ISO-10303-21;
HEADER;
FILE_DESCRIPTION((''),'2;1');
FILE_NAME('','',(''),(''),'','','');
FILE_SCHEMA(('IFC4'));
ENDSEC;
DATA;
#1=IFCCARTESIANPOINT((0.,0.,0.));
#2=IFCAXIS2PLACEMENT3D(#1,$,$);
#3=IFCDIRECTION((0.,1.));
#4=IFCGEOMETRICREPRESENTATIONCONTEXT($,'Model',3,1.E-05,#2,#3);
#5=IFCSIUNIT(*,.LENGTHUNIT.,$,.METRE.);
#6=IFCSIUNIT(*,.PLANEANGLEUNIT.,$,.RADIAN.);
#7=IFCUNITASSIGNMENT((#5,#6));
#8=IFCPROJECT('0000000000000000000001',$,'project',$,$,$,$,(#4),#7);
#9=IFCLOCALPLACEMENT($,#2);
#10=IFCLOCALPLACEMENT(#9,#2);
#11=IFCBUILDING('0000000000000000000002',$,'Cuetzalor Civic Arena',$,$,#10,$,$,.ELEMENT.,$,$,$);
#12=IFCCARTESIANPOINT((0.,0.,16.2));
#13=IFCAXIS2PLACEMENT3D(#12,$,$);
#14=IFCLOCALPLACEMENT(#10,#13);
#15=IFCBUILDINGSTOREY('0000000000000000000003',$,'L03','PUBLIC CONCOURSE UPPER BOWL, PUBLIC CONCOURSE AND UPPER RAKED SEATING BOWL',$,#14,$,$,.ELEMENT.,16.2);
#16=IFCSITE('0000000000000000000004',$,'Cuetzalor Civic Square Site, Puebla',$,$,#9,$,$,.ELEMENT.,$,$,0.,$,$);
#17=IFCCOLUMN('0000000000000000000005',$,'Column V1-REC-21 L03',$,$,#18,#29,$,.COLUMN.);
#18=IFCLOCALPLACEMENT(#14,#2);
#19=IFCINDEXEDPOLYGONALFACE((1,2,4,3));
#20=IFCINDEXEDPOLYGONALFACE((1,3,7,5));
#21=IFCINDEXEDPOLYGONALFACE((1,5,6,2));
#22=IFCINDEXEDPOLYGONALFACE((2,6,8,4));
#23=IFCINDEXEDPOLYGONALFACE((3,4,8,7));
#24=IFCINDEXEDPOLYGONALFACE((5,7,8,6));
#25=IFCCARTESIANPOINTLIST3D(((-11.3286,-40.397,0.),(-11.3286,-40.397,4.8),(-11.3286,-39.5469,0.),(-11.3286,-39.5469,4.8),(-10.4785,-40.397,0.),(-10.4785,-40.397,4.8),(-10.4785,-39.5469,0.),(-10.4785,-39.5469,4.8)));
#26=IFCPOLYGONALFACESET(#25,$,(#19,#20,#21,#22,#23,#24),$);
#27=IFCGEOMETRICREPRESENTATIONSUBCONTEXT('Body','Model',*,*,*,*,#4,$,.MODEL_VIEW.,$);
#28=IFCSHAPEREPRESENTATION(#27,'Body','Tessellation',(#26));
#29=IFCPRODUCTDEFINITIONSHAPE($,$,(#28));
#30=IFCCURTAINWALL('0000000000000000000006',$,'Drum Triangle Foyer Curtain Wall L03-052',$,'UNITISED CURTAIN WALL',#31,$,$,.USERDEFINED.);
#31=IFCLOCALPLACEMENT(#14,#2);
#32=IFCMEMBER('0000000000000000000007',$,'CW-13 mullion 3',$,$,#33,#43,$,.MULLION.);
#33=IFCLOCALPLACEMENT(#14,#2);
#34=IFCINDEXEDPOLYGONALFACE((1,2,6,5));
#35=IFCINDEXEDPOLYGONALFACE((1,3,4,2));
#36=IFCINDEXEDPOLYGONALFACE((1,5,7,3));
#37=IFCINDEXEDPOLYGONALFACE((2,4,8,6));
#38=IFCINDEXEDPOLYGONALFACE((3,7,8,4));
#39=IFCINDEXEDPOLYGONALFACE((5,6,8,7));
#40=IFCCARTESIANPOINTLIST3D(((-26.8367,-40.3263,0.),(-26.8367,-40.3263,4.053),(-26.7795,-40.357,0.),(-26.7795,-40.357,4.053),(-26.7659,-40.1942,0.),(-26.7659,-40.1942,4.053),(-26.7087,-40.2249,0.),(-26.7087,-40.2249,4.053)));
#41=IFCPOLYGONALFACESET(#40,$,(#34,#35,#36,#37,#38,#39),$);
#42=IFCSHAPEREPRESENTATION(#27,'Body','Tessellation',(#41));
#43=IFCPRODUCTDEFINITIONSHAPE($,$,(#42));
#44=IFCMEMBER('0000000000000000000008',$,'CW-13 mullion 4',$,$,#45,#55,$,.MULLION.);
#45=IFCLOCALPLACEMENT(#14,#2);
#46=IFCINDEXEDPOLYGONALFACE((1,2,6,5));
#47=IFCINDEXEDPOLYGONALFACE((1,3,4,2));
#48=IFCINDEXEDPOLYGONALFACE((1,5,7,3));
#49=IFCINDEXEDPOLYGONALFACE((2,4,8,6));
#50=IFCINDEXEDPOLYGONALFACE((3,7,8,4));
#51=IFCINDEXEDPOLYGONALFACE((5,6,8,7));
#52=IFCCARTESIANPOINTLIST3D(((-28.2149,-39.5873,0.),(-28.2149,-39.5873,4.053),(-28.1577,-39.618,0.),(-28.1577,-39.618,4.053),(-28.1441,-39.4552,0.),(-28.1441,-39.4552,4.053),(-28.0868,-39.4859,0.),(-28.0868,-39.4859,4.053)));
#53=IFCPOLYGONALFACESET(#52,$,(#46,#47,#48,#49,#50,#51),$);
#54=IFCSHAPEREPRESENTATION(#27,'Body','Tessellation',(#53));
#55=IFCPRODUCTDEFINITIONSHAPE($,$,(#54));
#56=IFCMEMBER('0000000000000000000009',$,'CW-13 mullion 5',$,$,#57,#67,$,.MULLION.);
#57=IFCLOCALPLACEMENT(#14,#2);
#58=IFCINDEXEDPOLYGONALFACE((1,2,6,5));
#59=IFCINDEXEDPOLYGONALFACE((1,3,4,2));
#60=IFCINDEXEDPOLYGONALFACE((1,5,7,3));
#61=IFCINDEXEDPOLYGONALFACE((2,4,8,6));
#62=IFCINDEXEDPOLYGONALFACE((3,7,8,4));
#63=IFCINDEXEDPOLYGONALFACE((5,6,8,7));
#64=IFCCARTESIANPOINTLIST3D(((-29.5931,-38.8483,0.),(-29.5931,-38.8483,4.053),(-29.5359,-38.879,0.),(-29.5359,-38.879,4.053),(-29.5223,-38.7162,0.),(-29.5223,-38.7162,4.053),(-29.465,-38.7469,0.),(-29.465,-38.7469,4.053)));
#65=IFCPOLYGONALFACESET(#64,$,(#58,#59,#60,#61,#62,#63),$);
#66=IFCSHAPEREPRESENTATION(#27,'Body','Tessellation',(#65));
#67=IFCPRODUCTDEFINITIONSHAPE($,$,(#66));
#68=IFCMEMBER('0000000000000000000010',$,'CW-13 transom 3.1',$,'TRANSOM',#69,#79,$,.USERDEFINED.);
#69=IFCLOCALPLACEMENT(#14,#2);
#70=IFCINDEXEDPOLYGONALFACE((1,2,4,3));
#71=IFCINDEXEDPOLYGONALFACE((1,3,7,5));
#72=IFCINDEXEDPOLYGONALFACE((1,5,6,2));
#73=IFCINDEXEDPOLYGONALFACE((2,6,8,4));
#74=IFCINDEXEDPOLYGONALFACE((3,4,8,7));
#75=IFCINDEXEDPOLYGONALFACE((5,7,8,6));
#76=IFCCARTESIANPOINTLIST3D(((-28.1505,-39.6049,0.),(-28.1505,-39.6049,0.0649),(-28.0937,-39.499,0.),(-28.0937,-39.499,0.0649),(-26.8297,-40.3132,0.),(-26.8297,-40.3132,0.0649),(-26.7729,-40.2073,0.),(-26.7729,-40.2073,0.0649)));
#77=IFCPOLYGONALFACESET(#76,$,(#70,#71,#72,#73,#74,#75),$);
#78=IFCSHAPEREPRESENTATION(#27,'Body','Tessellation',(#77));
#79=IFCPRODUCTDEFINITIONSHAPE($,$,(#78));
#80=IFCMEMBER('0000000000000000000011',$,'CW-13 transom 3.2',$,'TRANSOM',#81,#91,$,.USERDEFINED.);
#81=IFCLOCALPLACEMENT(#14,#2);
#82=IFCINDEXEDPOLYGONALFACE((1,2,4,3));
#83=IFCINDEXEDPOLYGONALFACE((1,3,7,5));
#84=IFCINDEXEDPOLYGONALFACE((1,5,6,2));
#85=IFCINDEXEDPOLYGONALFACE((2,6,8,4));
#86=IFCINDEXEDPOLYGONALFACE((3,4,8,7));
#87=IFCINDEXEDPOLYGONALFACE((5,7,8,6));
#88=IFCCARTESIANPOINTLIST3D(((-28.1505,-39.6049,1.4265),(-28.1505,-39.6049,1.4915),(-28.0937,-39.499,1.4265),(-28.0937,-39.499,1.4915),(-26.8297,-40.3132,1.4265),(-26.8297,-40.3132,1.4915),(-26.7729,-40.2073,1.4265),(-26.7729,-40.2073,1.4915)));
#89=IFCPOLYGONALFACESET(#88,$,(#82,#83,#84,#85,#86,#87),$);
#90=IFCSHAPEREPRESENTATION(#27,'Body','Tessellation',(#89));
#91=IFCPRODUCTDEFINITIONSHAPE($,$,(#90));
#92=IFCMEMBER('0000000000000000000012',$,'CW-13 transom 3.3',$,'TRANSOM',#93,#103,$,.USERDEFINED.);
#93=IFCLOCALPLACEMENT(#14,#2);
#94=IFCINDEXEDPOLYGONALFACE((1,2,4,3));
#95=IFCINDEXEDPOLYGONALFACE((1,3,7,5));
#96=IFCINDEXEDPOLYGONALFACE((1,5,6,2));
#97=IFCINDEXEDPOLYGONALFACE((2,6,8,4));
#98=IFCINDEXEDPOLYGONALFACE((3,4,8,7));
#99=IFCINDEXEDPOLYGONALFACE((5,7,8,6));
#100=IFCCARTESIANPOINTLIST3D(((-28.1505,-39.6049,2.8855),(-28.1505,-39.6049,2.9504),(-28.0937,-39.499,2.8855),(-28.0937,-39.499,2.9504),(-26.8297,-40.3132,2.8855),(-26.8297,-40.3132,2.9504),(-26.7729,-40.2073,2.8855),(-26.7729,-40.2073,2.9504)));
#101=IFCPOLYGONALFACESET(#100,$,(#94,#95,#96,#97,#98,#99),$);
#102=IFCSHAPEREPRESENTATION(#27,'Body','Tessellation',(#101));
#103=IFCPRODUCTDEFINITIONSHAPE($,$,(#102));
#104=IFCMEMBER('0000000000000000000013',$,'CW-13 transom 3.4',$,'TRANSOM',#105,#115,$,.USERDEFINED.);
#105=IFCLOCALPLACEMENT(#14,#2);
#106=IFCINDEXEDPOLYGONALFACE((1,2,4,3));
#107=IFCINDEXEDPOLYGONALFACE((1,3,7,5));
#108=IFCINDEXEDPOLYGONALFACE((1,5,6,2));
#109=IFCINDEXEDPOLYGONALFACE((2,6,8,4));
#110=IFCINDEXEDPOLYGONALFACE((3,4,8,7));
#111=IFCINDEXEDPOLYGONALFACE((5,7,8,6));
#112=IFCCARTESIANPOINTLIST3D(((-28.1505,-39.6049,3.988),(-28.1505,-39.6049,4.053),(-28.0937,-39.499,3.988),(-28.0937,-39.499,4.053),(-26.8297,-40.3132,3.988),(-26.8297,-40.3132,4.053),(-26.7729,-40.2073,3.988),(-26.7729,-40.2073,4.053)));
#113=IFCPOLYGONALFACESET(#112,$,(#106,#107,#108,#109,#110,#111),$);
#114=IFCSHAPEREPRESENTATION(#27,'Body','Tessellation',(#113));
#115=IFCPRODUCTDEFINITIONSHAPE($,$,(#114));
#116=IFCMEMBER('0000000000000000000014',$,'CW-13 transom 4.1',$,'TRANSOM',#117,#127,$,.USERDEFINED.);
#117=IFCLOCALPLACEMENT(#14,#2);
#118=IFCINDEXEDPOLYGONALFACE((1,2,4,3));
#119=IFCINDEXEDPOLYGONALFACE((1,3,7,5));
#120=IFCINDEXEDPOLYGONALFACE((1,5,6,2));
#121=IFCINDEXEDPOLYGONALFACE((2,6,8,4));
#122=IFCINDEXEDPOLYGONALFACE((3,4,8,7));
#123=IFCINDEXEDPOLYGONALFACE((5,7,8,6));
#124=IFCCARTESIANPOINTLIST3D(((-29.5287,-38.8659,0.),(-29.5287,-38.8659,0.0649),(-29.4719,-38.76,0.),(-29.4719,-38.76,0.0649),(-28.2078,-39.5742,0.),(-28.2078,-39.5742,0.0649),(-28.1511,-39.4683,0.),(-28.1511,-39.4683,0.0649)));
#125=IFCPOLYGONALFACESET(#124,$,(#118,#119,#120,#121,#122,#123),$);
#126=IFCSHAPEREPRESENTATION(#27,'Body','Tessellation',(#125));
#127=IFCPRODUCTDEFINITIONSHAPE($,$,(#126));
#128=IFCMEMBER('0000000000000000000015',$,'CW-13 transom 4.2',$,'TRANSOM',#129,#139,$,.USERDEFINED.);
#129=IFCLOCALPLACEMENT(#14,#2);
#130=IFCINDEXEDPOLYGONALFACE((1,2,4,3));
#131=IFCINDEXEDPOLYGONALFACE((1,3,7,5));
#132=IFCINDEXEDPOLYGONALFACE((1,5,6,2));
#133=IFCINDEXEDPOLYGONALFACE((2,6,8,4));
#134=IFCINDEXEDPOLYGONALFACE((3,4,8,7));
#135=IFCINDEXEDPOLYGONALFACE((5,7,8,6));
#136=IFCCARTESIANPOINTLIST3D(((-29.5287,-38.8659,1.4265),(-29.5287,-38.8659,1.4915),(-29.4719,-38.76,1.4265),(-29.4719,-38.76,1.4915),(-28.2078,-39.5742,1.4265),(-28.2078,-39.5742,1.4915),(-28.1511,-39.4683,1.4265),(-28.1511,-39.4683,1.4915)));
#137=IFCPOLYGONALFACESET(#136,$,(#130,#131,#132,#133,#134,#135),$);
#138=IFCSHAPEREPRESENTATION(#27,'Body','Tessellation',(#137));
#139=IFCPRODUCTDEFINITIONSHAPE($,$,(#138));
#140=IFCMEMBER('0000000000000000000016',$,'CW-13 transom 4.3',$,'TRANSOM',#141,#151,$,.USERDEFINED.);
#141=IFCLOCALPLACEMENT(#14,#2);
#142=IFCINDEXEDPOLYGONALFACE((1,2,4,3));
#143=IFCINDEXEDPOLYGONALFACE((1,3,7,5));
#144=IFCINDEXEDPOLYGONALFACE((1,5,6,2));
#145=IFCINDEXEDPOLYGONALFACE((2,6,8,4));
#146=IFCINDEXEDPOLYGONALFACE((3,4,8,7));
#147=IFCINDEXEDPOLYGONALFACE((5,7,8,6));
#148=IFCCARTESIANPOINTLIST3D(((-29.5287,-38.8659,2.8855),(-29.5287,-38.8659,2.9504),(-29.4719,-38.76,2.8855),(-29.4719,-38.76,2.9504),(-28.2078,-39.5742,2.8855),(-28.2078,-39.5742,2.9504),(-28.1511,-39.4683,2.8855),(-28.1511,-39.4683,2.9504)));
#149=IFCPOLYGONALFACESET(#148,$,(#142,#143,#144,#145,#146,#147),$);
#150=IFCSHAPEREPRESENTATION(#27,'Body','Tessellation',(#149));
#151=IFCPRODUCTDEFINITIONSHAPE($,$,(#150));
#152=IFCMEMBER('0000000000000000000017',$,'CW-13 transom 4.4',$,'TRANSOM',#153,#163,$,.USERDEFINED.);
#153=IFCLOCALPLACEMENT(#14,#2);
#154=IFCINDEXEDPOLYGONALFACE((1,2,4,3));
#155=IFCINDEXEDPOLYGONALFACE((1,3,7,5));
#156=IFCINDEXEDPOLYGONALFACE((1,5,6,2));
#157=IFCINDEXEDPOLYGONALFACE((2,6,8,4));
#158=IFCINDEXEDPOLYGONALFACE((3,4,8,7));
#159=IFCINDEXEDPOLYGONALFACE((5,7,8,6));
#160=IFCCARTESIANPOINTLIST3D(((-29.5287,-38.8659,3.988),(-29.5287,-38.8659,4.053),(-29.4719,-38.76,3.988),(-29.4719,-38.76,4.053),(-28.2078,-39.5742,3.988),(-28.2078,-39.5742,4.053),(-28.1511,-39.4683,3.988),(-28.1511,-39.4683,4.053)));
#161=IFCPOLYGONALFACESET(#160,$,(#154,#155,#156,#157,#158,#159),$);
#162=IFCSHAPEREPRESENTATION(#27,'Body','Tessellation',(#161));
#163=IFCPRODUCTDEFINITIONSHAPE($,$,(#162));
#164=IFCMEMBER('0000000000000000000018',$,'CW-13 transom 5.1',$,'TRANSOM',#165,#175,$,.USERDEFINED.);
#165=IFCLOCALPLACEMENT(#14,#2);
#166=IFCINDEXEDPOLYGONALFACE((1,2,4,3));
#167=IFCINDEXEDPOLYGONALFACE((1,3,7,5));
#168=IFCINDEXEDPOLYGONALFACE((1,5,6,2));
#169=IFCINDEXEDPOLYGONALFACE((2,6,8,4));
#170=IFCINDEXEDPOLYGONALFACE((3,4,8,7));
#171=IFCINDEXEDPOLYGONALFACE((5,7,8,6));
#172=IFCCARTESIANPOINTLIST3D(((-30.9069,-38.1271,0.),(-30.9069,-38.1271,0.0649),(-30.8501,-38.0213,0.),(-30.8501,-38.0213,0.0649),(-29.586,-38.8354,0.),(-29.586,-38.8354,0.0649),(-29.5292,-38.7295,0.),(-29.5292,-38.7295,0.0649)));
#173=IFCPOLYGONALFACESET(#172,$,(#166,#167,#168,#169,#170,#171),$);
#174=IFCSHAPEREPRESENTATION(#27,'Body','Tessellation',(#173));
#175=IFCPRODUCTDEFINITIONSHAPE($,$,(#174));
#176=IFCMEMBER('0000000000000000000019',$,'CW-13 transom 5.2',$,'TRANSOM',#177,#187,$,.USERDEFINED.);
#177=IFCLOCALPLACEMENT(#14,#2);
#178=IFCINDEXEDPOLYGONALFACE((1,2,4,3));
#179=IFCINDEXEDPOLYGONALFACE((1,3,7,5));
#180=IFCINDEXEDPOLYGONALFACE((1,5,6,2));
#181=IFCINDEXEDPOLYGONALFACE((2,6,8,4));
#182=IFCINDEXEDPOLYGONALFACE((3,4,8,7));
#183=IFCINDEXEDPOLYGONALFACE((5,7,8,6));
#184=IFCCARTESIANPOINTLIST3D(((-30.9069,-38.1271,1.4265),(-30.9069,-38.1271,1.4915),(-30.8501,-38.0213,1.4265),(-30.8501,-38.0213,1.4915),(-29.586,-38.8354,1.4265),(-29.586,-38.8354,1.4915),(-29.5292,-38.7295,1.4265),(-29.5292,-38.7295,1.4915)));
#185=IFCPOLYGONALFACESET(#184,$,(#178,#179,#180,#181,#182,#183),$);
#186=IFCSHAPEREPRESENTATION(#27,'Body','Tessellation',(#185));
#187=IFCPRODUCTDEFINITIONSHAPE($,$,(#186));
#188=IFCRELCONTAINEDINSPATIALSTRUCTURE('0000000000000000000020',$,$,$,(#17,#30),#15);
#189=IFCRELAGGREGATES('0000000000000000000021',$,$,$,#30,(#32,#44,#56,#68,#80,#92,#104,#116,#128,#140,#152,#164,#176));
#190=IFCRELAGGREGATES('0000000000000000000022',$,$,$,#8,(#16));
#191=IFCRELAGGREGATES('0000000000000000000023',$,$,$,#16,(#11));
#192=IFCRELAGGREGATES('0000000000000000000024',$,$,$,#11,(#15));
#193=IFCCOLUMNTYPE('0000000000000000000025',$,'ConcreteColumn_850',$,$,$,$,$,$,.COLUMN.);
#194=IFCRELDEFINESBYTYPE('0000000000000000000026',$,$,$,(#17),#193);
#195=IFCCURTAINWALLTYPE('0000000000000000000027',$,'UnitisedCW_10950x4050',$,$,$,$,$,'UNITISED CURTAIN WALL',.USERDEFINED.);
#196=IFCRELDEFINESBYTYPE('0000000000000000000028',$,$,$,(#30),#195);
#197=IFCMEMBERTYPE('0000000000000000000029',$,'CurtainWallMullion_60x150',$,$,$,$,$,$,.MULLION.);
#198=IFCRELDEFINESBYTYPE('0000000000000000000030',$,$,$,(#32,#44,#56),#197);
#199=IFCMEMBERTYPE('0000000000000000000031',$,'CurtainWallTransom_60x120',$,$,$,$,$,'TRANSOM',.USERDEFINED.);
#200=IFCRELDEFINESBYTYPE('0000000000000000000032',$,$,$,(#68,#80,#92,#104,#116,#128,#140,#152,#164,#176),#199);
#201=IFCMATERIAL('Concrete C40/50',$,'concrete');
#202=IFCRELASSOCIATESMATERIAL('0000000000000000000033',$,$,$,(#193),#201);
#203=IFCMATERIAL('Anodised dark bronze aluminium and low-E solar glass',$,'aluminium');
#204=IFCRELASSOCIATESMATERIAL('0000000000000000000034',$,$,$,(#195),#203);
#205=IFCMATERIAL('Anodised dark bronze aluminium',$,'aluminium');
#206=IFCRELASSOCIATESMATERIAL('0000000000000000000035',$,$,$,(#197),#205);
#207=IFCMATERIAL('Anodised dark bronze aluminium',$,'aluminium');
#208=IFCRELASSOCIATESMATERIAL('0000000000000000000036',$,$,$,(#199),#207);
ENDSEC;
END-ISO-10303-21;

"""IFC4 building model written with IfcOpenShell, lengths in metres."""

from ifc_helpers import new_model, si_unit, direction, frame, origin, origin_2d, place, context, subcontext, project, spatial, rectangle, extrude, material, material_profile, profile_set, type_object, element, aggregate, save


model = new_model("IFC4")

# Units and contexts
model_context = context("Model", 3, precision=1e-05, world=origin(), true_north=direction((0.0, 1.0)))
body_context = subcontext(model_context, "Body", "Model", "MODEL_VIEW")
ifc_project = project(units=[si_unit("LENGTHUNIT", "METRE"), si_unit("PLANEANGLEUNIT", "RADIAN")], contexts=[model_context])

# Site, building, storey
site_placement = place(None, origin())
site = spatial("IfcSite", under=ifc_project, at=site_placement, Name="Cuetzalor Civic Square Site, Puebla", CompositionType="ELEMENT", RefElevation=0.0)
building_placement = place(site_placement, origin())
building = spatial("IfcBuilding", under=site, at=building_placement, Name="Cuetzalor Civic Arena", CompositionType="ELEMENT")
storey_placement = place(building_placement, frame((0.0, 0.0, 16.2)))
storey = spatial("IfcBuildingStorey", under=building, at=storey_placement, Name="L03", Description="PUBLIC CONCOURSE UPPER BOWL, PUBLIC CONCOURSE AND UPPER RAKED SEATING BOWL", CompositionType="ELEMENT", Elevation=16.2)

# Column
ifc_material_1 = material(Name="Concrete C40/50", Category="concrete")
ifc_material_profile_1 = material_profile(ifc_material_1, rectangle(XDim=0.8501, YDim=0.8501, at=origin_2d()), Name="RC 850x850")
ifc_profile_set_1 = profile_set([ifc_material_profile_1], Name="Concrete C40/50")
column_type = type_object("IfcColumnType", Name="ConcreteColumn_850", PredefinedType="COLUMN", material=ifc_profile_set_1)
column_placement = place(storey_placement, frame((-10.9036, -39.9719, 0.0), z_axis=(0.0, 0.0, 1.0), x_axis=(1.0, 0.0, 0.0)))
element("IfcColumn", 1, at=column_placement, inside=storey, type_object=column_type, Name="Column V1-REC-21 L03", PredefinedType="COLUMN", context=body_context, shape_type="SweptSolid", body=[
    extrude(rectangle(XDim=0.8501, YDim=0.8501, at=origin_2d()), origin(), (0.0, 0.0, 1.0), 4.8),
])

# Curtain wall, members
ifc_material_2 = material(Name="Anodised dark bronze aluminium and low-E solar glass", Category="aluminium")
curtain_wall_type = type_object("IfcCurtainWallType", Name="UnitisedCW_10950x4050", ElementType="UNITISED CURTAIN WALL", PredefinedType="USERDEFINED", material=ifc_material_2)
curtain_wall_placement = place(storey_placement, origin())
curtain_wall = element("IfcCurtainWall", 2, at=curtain_wall_placement, inside=storey, type_object=curtain_wall_type, Name="Drum Triangle Foyer Curtain Wall L03-052", ObjectType="UNITISED CURTAIN WALL", PredefinedType="USERDEFINED")
ifc_material_3 = material(Name="Anodised dark bronze aluminium", Category="aluminium")
ifc_material_profile_2 = material_profile(ifc_material_3, rectangle(XDim=0.0649, YDim=0.1499, at=origin_2d()), Name="ALU MULLION 65x150")
ifc_profile_set_2 = profile_set([ifc_material_profile_2], Name="Anodised dark bronze aluminium")
member_type_1 = type_object("IfcMemberType", Name="CurtainWallMullion_60x150", PredefinedType="MULLION", material=ifc_profile_set_2)
member_1_placement = place(storey_placement, frame((-26.7727, -40.2756, 0.0), z_axis=(0.0, 0.0, 1.0), x_axis=(-0.881306, 0.472545, 0.0)))
member_1 = element("IfcMember", 3, at=member_1_placement, type_object=member_type_1, Name="CW-13 mullion 3", PredefinedType="MULLION", context=body_context, shape_type="SweptSolid", body=[
    extrude(rectangle(XDim=0.0649, YDim=0.1499, at=origin_2d()), origin(), (0.0, 0.0, 1.0), 4.053),
])
member_2_placement = place(storey_placement, frame((-28.1509, -39.5366, 0.0), z_axis=(0.0, 0.0, 1.0), x_axis=(-0.881306, 0.472545, 0.0)))
member_2 = element("IfcMember", 4, at=member_2_placement, type_object=member_type_1, Name="CW-13 mullion 4", PredefinedType="MULLION", context=body_context, shape_type="SweptSolid", body=[
    extrude(rectangle(XDim=0.0649, YDim=0.1499, at=origin_2d()), origin(), (0.0, 0.0, 1.0), 4.053),
])
member_3_placement = place(storey_placement, frame((-29.5291, -38.7976, 0.0), z_axis=(0.0, 0.0, 1.0), x_axis=(-0.881306, 0.472545, 0.0)))
member_3 = element("IfcMember", 5, at=member_3_placement, type_object=member_type_1, Name="CW-13 mullion 5", PredefinedType="MULLION", context=body_context, shape_type="SweptSolid", body=[
    extrude(rectangle(XDim=0.0649, YDim=0.1499, at=origin_2d()), origin(), (0.0, 0.0, 1.0), 4.053),
])
ifc_material_4 = material(Name="Anodised dark bronze aluminium", Category="aluminium")
ifc_material_profile_3 = material_profile(ifc_material_4, rectangle(XDim=0.1201, YDim=0.0649, at=origin_2d()), Name="ALU TRANSOM 65x120")
ifc_profile_set_3 = profile_set([ifc_material_profile_3], Name="Anodised dark bronze aluminium")
member_type_2 = type_object("IfcMemberType", Name="CurtainWallTransom_60x120", ElementType="TRANSOM", PredefinedType="USERDEFINED", material=ifc_profile_set_3)
member_4_placement = place(storey_placement, frame((-26.8013, -40.2603, 0.0325), z_axis=(-0.881291, 0.472574, 0.0), x_axis=(-0.472574, -0.881291, 0.0)))
member_4 = element("IfcMember", 6, at=member_4_placement, type_object=member_type_2, Name="CW-13 transom 3.1", ObjectType="TRANSOM", PredefinedType="USERDEFINED", context=body_context, shape_type="SweptSolid", body=[
    extrude(rectangle(XDim=0.1201, YDim=0.0649, at=origin_2d()), origin(), (0.0, 0.0, 1.0), 1.4988),
])
member_5_placement = place(storey_placement, frame((-26.8013, -40.2603, 1.459), z_axis=(-0.881291, 0.472574, 0.0), x_axis=(-0.472574, -0.881291, 0.0)))
member_5 = element("IfcMember", 7, at=member_5_placement, type_object=member_type_2, Name="CW-13 transom 3.2", ObjectType="TRANSOM", PredefinedType="USERDEFINED", context=body_context, shape_type="SweptSolid", body=[
    extrude(rectangle(XDim=0.1201, YDim=0.0649, at=origin_2d()), origin(), (0.0, 0.0, 1.0), 1.4988),
])
member_6_placement = place(storey_placement, frame((-26.8013, -40.2603, 2.918), z_axis=(-0.881291, 0.472574, 0.0), x_axis=(-0.472574, -0.881291, 0.0)))
member_6 = element("IfcMember", 8, at=member_6_placement, type_object=member_type_2, Name="CW-13 transom 3.3", ObjectType="TRANSOM", PredefinedType="USERDEFINED", context=body_context, shape_type="SweptSolid", body=[
    extrude(rectangle(XDim=0.1201, YDim=0.0649, at=origin_2d()), origin(), (0.0, 0.0, 1.0), 1.4988),
])
member_7_placement = place(storey_placement, frame((-26.8013, -40.2603, 4.0205), z_axis=(-0.881291, 0.472574, 0.0), x_axis=(-0.472574, -0.881291, 0.0)))
member_7 = element("IfcMember", 9, at=member_7_placement, type_object=member_type_2, Name="CW-13 transom 3.4", ObjectType="TRANSOM", PredefinedType="USERDEFINED", context=body_context, shape_type="SweptSolid", body=[
    extrude(rectangle(XDim=0.1201, YDim=0.0649, at=origin_2d()), origin(), (0.0, 0.0, 1.0), 1.4988),
])
member_8_placement = place(storey_placement, frame((-28.1794, -39.5212, 0.0325), z_axis=(-0.881291, 0.472574, 0.0), x_axis=(-0.472574, -0.881291, 0.0)))
member_8 = element("IfcMember", 10, at=member_8_placement, type_object=member_type_2, Name="CW-13 transom 4.1", ObjectType="TRANSOM", PredefinedType="USERDEFINED", context=body_context, shape_type="SweptSolid", body=[
    extrude(rectangle(XDim=0.1201, YDim=0.0649, at=origin_2d()), origin(), (0.0, 0.0, 1.0), 1.4988),
])
member_9_placement = place(storey_placement, frame((-28.1794, -39.5212, 1.459), z_axis=(-0.881291, 0.472574, 0.0), x_axis=(-0.472574, -0.881291, 0.0)))
member_9 = element("IfcMember", 11, at=member_9_placement, type_object=member_type_2, Name="CW-13 transom 4.2", ObjectType="TRANSOM", PredefinedType="USERDEFINED", context=body_context, shape_type="SweptSolid", body=[
    extrude(rectangle(XDim=0.1201, YDim=0.0649, at=origin_2d()), origin(), (0.0, 0.0, 1.0), 1.4988),
])
member_10_placement = place(storey_placement, frame((-28.1794, -39.5212, 2.918), z_axis=(-0.881291, 0.472574, 0.0), x_axis=(-0.472574, -0.881291, 0.0)))
member_10 = element("IfcMember", 12, at=member_10_placement, type_object=member_type_2, Name="CW-13 transom 4.3", ObjectType="TRANSOM", PredefinedType="USERDEFINED", context=body_context, shape_type="SweptSolid", body=[
    extrude(rectangle(XDim=0.1201, YDim=0.0649, at=origin_2d()), origin(), (0.0, 0.0, 1.0), 1.4988),
])
member_11_placement = place(storey_placement, frame((-28.1794, -39.5212, 4.0205), z_axis=(-0.881291, 0.472574, 0.0), x_axis=(-0.472574, -0.881291, 0.0)))
member_11 = element("IfcMember", 13, at=member_11_placement, type_object=member_type_2, Name="CW-13 transom 4.4", ObjectType="TRANSOM", PredefinedType="USERDEFINED", context=body_context, shape_type="SweptSolid", body=[
    extrude(rectangle(XDim=0.1201, YDim=0.0649, at=origin_2d()), origin(), (0.0, 0.0, 1.0), 1.4988),
])
member_12_placement = place(storey_placement, frame((-29.5576, -38.7825, 0.0325), z_axis=(-0.881291, 0.472574, 0.0), x_axis=(-0.472574, -0.881291, 0.0)))
member_12 = element("IfcMember", 14, at=member_12_placement, type_object=member_type_2, Name="CW-13 transom 5.1", ObjectType="TRANSOM", PredefinedType="USERDEFINED", context=body_context, shape_type="SweptSolid", body=[
    extrude(rectangle(XDim=0.1201, YDim=0.0649, at=origin_2d()), origin(), (0.0, 0.0, 1.0), 1.4988),
])
member_13_placement = place(storey_placement, frame((-29.5576, -38.7825, 1.459), z_axis=(-0.881291, 0.472574, 0.0), x_axis=(-0.472574, -0.881291, 0.0)))
member_13 = element("IfcMember", 15, at=member_13_placement, type_object=member_type_2, Name="CW-13 transom 5.2", ObjectType="TRANSOM", PredefinedType="USERDEFINED", context=body_context, shape_type="SweptSolid", body=[
    extrude(rectangle(XDim=0.1201, YDim=0.0649, at=origin_2d()), origin(), (0.0, 0.0, 1.0), 1.4988),
])
aggregate(curtain_wall, [member_1, member_2, member_3, member_4, member_5, member_6, member_7, member_8, member_9, member_10, member_11, member_12, member_13])

save(model, "model.ifc")
